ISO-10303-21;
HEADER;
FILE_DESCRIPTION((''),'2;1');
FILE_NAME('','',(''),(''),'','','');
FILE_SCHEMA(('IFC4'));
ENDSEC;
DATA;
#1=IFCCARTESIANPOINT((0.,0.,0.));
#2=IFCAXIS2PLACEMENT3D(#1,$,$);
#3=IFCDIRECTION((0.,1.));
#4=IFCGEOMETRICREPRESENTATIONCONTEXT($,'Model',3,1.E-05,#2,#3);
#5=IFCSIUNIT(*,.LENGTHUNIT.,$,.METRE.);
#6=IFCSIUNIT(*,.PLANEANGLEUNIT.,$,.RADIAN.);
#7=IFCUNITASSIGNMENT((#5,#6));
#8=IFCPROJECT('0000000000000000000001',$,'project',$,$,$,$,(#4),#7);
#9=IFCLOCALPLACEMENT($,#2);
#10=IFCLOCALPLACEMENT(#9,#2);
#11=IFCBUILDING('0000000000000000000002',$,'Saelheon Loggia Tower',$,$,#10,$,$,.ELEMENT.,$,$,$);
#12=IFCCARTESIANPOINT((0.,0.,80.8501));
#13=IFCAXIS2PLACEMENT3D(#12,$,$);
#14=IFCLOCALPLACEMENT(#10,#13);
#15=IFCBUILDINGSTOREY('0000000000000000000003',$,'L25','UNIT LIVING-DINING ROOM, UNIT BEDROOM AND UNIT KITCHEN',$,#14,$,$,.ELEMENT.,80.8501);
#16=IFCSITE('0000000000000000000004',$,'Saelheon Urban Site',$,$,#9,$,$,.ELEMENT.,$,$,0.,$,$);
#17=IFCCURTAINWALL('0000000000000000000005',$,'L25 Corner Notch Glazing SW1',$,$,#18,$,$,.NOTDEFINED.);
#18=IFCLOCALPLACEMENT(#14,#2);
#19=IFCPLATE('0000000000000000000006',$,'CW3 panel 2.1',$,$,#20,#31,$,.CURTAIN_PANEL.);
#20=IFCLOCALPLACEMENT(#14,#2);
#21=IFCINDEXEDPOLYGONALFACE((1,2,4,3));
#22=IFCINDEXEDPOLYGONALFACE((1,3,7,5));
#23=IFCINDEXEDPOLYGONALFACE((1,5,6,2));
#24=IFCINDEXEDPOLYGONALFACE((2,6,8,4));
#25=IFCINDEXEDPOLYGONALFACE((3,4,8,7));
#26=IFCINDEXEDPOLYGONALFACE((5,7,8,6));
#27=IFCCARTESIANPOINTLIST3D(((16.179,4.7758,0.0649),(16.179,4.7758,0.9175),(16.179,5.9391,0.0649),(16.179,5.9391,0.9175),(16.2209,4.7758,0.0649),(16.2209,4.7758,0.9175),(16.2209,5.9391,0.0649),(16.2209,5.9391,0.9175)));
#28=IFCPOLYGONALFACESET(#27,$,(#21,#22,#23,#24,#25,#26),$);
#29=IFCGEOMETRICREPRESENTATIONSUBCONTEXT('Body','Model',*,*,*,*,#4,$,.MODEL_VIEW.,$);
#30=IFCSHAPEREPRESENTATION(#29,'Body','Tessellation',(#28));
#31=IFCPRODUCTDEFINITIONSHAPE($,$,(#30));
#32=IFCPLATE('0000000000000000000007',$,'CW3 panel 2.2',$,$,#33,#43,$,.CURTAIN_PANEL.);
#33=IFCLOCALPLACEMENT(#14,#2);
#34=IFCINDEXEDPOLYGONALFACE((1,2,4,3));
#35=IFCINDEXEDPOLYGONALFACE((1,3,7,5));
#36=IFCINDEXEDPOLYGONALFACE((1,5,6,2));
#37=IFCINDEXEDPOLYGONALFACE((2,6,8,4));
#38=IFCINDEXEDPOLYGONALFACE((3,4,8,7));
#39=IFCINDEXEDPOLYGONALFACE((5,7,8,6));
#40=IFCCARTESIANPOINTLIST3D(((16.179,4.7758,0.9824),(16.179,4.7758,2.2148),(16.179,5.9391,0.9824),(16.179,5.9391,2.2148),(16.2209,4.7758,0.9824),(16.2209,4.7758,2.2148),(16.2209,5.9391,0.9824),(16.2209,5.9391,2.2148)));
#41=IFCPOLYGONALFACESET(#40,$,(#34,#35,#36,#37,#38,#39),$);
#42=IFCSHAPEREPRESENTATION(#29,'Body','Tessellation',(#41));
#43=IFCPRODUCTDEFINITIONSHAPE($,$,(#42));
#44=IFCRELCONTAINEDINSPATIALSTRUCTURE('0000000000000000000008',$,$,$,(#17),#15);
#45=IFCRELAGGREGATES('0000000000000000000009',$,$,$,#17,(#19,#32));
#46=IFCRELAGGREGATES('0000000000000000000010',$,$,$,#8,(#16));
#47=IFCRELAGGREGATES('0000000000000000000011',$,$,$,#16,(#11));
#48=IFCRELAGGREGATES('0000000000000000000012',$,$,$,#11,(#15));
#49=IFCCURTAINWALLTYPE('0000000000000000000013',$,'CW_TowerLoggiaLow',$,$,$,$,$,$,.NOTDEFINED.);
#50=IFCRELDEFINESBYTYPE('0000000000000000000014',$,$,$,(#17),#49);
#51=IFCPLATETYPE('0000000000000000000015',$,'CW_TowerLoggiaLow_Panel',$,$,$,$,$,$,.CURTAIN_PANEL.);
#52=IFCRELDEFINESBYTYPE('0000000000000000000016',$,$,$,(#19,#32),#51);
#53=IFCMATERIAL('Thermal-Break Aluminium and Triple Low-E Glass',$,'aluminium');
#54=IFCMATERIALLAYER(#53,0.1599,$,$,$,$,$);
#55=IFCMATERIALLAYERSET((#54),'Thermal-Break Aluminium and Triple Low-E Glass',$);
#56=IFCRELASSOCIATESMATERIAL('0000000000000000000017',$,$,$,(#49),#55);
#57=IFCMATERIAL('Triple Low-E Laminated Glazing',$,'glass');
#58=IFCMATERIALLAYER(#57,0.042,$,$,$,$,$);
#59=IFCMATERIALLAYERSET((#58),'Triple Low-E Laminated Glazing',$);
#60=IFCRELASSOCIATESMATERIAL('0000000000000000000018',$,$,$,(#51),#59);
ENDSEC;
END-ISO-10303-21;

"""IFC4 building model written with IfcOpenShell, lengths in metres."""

from ifc_helpers import new_model, si_unit, direction, frame, origin, origin_2d, place, context, subcontext, project, spatial, rectangle, extrude, source, transform, mapped, material, layer, layer_set, type_object, element, aggregate, save


model = new_model("IFC4")

# Units and contexts
model_context = context("Model", 3, precision=1e-05, world=origin(), true_north=direction((0.0, 1.0)))
body_context = subcontext(model_context, "Body", "Model", "MODEL_VIEW")
ifc_project = project(units=[si_unit("LENGTHUNIT", "METRE"), si_unit("PLANEANGLEUNIT", "RADIAN")], contexts=[model_context])

# Site, building, storey
site_placement = place(None, origin())
site = spatial("IfcSite", under=ifc_project, at=site_placement, Name="Saelheon Urban Site", CompositionType="ELEMENT", RefElevation=0.0)
building_placement = place(site_placement, origin())
building = spatial("IfcBuilding", under=site, at=building_placement, Name="Saelheon Loggia Tower", CompositionType="ELEMENT")
storey_placement = place(building_placement, frame((0.0, 0.0, 80.8501)))
storey = spatial("IfcBuildingStorey", under=building, at=storey_placement, Name="L25", Description="UNIT LIVING-DINING ROOM, UNIT BEDROOM AND UNIT KITCHEN", CompositionType="ELEMENT", Elevation=80.8501)

# Curtain wall, plates
ifc_material_1 = material(Name="Thermal-Break Aluminium and Triple Low-E Glass", Category="aluminium")
ifc_layer_1 = layer(ifc_material_1, 0.1599)
ifc_layer_set_1 = layer_set([ifc_layer_1], Name="Thermal-Break Aluminium and Triple Low-E Glass")
curtain_wall_type = type_object("IfcCurtainWallType", Name="CW_TowerLoggiaLow", PredefinedType="NOTDEFINED", material=ifc_layer_set_1)
curtain_wall_placement = place(storey_placement, origin())
curtain_wall = element("IfcCurtainWall", 1, at=curtain_wall_placement, inside=storey, type_object=curtain_wall_type, Name="L25 Corner Notch Glazing SW1", PredefinedType="NOTDEFINED")
ifc_material_2 = material(Name="Triple Low-E Laminated Glazing", Category="glass")
ifc_layer_2 = layer(ifc_material_2, 0.042)
ifc_layer_set_2 = layer_set([ifc_layer_2], Name="Triple Low-E Laminated Glazing")
plate_type = type_object("IfcPlateType", Name="CW_TowerLoggiaLow_Panel", PredefinedType="CURTAIN_PANEL", material=ifc_layer_set_2)
shared_shape_1 = source(origin(), body_context, "Body", "SweptSolid", [
    extrude(rectangle(XDim=1.1633, YDim=0.042, at=origin_2d()), origin(), (0.0, 0.0, 1.0), 0.8525),
])
plate_1_placement = place(storey_placement, frame((16.2, 5.3574, 0.0649), z_axis=(0.0, 0.0, 1.0), x_axis=(0.0, 1.0, 0.0)))
plate_1 = element("IfcPlate", 2, at=plate_1_placement, type_object=plate_type, Name="CW3 panel 2.1", PredefinedType="CURTAIN_PANEL", context=body_context, shape_type="MappedRepresentation", body=[
    mapped(shared_shape_1, transform((0.0, 0.0, 0.0), scale=1.0)),
])
shared_shape_2 = source(origin(), body_context, "Body", "SweptSolid", [
    extrude(rectangle(XDim=1.1633, YDim=0.042, at=origin_2d()), origin(), (0.0, 0.0, 1.0), 1.2324),
])
plate_2_placement = place(storey_placement, frame((16.2, 5.3574, 0.9824), z_axis=(0.0, 0.0, 1.0), x_axis=(0.0, 1.0, 0.0)))
plate_2 = element("IfcPlate", 3, at=plate_2_placement, type_object=plate_type, Name="CW3 panel 2.2", PredefinedType="CURTAIN_PANEL", context=body_context, shape_type="MappedRepresentation", body=[
    mapped(shared_shape_2, transform((0.0, 0.0, 0.0), scale=1.0)),
])
aggregate(curtain_wall, [plate_1, plate_2])

save(model, "model.ifc")
